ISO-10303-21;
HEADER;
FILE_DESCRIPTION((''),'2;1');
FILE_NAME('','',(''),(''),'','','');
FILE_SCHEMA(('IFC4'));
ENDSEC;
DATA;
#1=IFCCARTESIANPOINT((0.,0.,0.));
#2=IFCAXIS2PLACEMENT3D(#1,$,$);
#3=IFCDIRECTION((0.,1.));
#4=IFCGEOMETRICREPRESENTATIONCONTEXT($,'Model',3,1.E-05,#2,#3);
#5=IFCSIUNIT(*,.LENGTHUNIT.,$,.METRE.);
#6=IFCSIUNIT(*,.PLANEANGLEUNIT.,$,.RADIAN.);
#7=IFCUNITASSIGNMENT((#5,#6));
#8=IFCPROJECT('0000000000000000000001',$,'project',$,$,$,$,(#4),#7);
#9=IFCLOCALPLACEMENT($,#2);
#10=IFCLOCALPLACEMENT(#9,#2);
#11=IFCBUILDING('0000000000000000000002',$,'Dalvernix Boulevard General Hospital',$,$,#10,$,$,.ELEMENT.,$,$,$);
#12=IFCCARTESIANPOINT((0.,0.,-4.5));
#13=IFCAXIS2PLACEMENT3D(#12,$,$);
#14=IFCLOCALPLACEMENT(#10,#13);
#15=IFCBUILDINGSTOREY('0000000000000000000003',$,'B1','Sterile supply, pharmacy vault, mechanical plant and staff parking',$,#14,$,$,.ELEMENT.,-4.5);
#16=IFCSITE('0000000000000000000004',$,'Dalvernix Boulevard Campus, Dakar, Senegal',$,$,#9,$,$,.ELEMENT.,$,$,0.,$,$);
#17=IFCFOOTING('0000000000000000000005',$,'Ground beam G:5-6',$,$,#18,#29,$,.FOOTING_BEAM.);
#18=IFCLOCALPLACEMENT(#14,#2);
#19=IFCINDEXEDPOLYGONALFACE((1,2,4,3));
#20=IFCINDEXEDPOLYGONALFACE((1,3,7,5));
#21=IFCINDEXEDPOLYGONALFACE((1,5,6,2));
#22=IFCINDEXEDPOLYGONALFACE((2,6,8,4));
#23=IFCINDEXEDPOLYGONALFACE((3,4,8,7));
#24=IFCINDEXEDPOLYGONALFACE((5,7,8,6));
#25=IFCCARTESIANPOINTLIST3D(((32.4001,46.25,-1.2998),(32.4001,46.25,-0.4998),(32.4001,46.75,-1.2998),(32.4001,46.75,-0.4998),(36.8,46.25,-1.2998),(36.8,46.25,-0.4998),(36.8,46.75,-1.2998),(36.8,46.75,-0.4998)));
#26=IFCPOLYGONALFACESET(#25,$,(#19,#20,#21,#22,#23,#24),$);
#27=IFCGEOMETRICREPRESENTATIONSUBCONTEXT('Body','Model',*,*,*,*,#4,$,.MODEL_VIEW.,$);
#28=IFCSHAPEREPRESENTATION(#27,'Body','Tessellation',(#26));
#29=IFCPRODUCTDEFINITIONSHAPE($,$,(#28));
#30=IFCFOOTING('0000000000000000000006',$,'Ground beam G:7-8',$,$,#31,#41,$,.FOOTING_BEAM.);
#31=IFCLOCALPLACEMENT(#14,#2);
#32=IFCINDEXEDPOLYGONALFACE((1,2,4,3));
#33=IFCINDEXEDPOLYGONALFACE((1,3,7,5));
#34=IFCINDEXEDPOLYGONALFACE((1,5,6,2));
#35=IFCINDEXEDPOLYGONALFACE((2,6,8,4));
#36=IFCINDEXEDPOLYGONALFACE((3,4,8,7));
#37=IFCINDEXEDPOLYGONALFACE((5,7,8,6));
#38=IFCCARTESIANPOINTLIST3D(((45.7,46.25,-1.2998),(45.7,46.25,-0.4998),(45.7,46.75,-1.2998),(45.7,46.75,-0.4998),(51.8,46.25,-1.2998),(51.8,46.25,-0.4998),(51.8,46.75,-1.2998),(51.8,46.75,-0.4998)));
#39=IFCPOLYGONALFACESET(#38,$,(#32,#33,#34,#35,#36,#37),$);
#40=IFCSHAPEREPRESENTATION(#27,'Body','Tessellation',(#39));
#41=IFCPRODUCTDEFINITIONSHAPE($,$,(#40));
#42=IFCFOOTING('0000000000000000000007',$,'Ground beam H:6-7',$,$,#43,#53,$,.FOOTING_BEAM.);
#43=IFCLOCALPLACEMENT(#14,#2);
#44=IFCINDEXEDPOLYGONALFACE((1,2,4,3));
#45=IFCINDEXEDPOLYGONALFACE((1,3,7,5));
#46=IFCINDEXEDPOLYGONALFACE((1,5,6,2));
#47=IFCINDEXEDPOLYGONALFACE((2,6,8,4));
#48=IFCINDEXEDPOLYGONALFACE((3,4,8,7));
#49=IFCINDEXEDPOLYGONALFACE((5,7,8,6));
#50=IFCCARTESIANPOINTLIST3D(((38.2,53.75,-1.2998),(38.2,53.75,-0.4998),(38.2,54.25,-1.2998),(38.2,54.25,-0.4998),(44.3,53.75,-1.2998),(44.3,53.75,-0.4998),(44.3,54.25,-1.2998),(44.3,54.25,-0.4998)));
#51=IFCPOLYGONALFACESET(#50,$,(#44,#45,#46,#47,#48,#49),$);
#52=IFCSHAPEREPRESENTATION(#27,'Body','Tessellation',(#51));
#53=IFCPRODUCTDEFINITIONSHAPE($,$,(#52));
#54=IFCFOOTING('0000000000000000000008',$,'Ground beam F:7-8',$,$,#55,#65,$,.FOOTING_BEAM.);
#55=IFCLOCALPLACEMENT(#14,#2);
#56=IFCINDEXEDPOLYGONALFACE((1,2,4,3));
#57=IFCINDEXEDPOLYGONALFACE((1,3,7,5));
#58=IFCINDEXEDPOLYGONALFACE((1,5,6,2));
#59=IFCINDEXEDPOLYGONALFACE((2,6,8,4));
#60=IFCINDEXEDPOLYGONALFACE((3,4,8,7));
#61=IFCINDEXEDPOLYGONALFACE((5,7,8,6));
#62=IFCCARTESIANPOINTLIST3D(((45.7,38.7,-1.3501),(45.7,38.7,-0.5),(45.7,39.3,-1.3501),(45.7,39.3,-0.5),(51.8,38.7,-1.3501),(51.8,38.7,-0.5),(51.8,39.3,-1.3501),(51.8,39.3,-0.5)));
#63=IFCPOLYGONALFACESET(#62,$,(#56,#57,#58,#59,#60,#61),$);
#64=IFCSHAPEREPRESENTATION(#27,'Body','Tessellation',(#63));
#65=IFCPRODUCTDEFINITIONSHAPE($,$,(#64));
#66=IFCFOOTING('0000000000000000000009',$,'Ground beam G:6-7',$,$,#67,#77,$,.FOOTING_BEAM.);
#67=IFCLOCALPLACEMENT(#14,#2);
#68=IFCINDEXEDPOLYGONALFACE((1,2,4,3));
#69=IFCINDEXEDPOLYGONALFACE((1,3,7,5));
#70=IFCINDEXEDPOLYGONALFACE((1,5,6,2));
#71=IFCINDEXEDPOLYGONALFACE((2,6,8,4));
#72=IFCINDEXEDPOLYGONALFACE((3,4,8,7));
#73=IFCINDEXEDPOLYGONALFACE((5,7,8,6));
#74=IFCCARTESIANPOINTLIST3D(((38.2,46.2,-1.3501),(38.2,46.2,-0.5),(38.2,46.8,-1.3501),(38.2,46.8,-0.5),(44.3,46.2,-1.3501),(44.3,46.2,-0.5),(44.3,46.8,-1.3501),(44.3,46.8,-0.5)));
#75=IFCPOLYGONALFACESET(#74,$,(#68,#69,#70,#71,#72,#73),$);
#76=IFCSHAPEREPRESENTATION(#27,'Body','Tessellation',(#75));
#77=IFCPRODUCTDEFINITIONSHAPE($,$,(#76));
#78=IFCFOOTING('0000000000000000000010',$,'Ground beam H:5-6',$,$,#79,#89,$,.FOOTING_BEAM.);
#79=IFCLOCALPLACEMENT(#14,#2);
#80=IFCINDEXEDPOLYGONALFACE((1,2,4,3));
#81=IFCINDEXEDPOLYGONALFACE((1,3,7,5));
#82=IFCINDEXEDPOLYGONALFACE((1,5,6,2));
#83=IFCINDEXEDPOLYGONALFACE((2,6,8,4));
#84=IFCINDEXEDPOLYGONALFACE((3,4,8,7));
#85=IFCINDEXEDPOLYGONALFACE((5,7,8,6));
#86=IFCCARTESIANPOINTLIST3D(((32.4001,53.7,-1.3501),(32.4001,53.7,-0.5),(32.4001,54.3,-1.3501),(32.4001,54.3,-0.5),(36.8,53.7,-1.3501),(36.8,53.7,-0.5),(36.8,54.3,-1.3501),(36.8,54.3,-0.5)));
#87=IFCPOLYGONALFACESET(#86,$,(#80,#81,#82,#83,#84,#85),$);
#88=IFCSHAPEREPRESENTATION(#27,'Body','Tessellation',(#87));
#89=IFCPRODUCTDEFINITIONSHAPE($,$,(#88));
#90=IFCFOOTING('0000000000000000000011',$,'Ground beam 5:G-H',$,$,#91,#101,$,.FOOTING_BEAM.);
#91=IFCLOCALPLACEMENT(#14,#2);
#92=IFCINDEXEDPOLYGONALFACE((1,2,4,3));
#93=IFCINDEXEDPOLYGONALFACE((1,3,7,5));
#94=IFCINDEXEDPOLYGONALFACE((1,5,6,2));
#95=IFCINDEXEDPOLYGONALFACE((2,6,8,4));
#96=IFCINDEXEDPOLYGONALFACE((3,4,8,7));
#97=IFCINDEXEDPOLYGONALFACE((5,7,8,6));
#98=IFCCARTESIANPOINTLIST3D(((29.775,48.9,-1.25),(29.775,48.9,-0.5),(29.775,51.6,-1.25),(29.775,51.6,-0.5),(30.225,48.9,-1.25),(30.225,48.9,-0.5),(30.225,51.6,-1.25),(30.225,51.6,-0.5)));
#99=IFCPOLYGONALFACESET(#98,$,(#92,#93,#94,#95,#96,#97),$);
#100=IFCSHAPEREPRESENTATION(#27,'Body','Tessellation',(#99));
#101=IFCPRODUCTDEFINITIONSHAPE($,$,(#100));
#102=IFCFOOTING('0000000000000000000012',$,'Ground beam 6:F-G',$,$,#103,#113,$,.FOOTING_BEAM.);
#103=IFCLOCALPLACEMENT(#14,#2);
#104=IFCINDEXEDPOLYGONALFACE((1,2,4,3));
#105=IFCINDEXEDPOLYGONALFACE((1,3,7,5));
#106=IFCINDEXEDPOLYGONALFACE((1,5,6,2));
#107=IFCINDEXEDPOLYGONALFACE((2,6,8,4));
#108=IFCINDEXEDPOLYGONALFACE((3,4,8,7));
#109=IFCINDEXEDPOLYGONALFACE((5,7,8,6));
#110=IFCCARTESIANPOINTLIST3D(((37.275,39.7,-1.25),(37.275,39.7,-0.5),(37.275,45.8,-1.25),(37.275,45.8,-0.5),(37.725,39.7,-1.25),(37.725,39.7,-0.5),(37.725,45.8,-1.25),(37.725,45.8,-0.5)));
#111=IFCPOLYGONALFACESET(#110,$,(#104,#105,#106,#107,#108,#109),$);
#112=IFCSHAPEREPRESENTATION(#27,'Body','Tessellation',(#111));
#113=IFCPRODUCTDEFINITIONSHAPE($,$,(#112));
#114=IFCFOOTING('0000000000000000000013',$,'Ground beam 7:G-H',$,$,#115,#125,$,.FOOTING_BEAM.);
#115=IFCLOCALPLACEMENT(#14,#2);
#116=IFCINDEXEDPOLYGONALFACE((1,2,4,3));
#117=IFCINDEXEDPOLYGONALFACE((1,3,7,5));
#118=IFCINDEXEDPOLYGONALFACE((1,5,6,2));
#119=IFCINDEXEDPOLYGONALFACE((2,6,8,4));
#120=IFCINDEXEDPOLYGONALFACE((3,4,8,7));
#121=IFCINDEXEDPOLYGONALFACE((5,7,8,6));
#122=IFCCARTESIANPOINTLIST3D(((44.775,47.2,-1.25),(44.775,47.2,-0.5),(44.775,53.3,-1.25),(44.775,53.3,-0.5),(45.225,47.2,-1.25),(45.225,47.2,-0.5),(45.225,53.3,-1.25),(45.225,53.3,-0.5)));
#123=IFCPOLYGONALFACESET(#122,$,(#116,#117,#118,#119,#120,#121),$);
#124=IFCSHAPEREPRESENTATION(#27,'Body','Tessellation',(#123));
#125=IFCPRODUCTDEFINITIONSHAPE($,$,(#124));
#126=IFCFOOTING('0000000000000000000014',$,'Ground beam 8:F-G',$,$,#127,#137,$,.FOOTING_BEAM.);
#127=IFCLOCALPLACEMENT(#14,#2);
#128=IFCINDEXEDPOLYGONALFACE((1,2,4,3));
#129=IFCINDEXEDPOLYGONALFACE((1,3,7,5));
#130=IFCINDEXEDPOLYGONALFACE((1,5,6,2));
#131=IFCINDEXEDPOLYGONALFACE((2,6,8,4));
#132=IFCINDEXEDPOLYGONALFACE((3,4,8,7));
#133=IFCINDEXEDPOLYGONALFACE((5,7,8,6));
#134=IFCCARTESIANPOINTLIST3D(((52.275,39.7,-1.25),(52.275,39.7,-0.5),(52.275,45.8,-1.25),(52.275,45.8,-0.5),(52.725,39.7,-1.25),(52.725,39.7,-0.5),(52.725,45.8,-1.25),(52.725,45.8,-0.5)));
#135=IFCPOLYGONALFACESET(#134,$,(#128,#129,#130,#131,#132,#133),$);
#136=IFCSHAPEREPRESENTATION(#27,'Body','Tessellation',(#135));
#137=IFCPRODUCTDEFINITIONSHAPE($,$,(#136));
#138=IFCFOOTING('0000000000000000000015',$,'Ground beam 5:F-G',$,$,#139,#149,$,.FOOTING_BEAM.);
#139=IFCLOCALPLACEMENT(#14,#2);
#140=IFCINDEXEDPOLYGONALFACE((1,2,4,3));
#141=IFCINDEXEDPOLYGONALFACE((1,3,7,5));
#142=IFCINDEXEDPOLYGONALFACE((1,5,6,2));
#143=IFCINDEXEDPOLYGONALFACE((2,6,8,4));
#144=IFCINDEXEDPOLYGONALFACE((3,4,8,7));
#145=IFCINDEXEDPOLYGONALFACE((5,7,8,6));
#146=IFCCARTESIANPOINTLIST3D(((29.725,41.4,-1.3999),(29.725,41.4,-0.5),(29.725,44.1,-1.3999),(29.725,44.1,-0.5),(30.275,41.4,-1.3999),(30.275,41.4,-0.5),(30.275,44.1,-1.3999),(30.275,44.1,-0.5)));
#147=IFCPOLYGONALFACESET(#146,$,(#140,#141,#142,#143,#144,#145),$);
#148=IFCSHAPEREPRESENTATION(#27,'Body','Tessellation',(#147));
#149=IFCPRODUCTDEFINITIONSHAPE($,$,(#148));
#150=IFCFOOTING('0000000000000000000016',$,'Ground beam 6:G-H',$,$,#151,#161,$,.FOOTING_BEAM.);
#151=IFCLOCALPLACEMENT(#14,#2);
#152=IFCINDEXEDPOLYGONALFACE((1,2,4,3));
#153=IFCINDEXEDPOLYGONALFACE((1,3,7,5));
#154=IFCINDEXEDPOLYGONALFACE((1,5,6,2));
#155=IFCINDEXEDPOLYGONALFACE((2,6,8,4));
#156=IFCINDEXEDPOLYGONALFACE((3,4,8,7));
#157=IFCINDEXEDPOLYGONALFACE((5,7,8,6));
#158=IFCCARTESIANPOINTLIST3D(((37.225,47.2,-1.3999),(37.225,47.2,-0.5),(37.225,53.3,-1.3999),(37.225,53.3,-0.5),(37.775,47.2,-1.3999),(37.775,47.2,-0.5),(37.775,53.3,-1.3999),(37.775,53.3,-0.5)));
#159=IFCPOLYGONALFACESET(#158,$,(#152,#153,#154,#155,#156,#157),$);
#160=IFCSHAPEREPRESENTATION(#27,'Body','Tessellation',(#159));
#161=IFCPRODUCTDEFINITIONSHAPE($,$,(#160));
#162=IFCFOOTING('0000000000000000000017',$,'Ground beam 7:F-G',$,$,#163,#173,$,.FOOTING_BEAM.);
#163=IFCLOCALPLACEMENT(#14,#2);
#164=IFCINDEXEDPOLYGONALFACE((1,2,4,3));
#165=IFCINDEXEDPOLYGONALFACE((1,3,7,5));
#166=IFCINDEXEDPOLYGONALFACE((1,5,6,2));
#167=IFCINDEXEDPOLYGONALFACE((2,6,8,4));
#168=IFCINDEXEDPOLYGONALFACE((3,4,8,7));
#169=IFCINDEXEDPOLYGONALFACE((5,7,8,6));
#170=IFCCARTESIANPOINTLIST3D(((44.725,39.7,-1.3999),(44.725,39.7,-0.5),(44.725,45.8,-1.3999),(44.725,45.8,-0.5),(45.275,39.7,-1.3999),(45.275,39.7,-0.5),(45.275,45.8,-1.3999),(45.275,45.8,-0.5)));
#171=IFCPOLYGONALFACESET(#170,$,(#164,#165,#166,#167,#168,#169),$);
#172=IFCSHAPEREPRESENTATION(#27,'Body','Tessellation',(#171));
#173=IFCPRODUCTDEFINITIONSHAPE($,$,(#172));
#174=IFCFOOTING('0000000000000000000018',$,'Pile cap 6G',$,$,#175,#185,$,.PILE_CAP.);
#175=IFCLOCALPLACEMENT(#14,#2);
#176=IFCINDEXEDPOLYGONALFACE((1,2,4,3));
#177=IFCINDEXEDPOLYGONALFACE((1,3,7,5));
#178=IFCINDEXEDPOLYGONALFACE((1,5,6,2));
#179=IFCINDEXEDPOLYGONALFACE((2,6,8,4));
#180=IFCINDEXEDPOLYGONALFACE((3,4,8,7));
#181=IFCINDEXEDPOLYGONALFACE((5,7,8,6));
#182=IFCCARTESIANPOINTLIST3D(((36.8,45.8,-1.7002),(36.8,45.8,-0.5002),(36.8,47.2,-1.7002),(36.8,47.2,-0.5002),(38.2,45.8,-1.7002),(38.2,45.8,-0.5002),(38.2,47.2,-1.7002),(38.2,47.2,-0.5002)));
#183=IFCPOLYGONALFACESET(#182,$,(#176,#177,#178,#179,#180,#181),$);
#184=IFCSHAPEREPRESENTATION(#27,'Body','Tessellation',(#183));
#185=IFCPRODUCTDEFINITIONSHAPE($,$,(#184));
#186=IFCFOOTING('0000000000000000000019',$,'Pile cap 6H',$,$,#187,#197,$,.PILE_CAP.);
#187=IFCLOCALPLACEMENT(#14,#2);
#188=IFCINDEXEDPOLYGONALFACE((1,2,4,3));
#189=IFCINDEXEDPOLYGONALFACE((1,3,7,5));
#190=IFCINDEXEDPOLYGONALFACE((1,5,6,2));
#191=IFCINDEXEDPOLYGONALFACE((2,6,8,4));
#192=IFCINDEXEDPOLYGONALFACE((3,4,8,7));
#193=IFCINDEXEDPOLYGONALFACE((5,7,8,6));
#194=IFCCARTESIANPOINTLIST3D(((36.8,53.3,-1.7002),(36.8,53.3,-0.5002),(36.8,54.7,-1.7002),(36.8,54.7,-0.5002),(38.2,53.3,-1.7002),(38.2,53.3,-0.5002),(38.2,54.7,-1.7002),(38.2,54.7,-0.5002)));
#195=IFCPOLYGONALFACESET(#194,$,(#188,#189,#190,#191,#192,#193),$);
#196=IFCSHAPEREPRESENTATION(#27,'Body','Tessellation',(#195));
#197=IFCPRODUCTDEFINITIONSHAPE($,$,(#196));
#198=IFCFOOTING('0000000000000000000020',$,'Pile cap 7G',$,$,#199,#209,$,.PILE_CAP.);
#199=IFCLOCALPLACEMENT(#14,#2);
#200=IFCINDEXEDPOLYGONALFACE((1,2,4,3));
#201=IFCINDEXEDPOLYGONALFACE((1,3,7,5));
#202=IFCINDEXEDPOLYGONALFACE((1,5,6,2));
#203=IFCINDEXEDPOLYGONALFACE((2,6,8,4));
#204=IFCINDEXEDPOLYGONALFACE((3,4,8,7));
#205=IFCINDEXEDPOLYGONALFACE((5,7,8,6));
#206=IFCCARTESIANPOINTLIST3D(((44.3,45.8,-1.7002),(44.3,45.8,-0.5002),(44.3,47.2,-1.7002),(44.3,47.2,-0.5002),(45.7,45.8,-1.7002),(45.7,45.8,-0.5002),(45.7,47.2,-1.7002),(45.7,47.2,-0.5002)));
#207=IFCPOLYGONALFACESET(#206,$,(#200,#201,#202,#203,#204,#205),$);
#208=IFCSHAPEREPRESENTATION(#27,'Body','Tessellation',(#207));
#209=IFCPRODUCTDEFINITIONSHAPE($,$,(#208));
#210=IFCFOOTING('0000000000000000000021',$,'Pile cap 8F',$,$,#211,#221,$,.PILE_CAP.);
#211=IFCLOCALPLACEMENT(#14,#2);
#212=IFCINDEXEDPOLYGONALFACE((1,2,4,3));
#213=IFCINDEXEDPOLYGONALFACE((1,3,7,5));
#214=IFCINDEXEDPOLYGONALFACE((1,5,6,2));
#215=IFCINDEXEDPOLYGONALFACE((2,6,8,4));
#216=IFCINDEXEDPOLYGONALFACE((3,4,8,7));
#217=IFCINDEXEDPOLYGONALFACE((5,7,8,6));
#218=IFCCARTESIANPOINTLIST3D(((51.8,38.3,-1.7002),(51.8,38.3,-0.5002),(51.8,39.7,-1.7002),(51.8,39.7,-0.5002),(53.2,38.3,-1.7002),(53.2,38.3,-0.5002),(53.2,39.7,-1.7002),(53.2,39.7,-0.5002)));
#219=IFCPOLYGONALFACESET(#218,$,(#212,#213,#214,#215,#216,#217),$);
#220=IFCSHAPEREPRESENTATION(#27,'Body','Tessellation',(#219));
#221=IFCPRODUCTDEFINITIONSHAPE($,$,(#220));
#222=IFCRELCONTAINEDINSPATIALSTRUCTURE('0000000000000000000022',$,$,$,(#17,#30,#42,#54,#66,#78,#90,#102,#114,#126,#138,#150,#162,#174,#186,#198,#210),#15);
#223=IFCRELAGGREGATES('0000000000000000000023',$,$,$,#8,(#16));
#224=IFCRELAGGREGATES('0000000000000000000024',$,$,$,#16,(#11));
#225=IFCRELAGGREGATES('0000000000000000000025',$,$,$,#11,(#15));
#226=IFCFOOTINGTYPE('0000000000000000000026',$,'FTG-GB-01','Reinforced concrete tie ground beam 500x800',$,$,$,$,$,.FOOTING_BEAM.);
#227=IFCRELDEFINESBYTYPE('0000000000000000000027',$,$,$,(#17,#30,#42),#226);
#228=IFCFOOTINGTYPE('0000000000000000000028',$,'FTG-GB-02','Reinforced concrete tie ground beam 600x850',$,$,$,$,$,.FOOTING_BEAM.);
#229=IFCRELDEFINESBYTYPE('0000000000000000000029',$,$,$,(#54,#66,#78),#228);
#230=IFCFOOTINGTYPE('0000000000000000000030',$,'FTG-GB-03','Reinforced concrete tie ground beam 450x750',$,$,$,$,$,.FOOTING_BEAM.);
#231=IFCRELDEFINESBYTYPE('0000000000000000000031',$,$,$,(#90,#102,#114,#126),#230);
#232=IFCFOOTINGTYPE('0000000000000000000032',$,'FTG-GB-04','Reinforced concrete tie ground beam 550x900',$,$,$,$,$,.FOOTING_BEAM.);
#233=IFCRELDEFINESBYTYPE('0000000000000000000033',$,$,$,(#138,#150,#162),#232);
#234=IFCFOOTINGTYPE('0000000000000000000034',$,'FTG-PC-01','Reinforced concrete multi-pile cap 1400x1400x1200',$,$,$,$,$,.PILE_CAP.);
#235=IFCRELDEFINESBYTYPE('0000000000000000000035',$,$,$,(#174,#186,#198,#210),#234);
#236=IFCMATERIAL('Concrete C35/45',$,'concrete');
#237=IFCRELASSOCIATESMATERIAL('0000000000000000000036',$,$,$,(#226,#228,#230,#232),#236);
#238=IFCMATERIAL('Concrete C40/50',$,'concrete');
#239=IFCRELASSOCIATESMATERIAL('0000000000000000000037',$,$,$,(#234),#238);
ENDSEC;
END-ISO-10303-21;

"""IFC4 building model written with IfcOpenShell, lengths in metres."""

from ifc_helpers import new_model, si_unit, direction, frame, origin, origin_2d, place, context, subcontext, project, spatial, rectangle, extrude, material, type_object, element, save


model = new_model("IFC4")

# Units and contexts
model_context = context("Model", 3, precision=1e-05, world=origin(), true_north=direction((0.0, 1.0)))
body_context = subcontext(model_context, "Body", "Model", "MODEL_VIEW")
ifc_project = project(units=[si_unit("LENGTHUNIT", "METRE"), si_unit("PLANEANGLEUNIT", "RADIAN")], contexts=[model_context])

# Site, building, storey
site_placement = place(None, origin())
site = spatial("IfcSite", under=ifc_project, at=site_placement, Name="Dalvernix Boulevard Campus, Dakar, Senegal", CompositionType="ELEMENT", RefElevation=0.0)
building_placement = place(site_placement, origin())
building = spatial("IfcBuilding", under=site, at=building_placement, Name="Dalvernix Boulevard General Hospital", CompositionType="ELEMENT")
storey_placement = place(building_placement, frame((0.0, 0.0, -4.5)))
storey = spatial("IfcBuildingStorey", under=building, at=storey_placement, Name="B1", Description="Sterile supply, pharmacy vault, mechanical plant and staff parking", CompositionType="ELEMENT", Elevation=-4.5)

# Footings
ifc_material_1 = material(Name="Concrete C35/45", Category="concrete")
footing_type_1 = type_object("IfcFootingType", Name="FTG-GB-01", Description="Reinforced concrete tie ground beam 500x800", PredefinedType="FOOTING_BEAM", material=ifc_material_1)
footing_1_placement = place(storey_placement, frame((34.6001, 46.5, -1.2998), z_axis=(0.0, 0.0, 1.0), x_axis=(1.0, 0.0, 0.0)))
element("IfcFooting", 1, at=footing_1_placement, inside=storey, type_object=footing_type_1, Name="Ground beam G:5-6", PredefinedType="FOOTING_BEAM", context=body_context, shape_type="SweptSolid", body=[
    extrude(rectangle(XDim=4.3999, YDim=0.5, at=origin_2d()), origin(), (0.0, 0.0, 1.0), 0.8),
])
for number, where, z_axis, x_axis, name in (
    (2, (48.75, 46.5, -1.2998), (0.0, 0.0, 1.0), (1.0, 0.0, 0.0), "Ground beam G:7-8"),
    (3, (41.25, 54.0, -1.2998), (0.0, 0.0, 1.0), (1.0, 0.0, 0.0), "Ground beam H:6-7"),
):
    element("IfcFooting", number, at=place(storey_placement, frame(where, z_axis=z_axis, x_axis=x_axis)), inside=storey, type_object=footing_type_1, Name=name, PredefinedType="FOOTING_BEAM", context=body_context, shape_type="SweptSolid", body=[
        extrude(rectangle(XDim=6.1001, YDim=0.5, at=origin_2d()), origin(), (0.0, 0.0, 1.0), 0.8),
    ])
footing_type_2 = type_object("IfcFootingType", Name="FTG-GB-02", Description="Reinforced concrete tie ground beam 600x850", PredefinedType="FOOTING_BEAM", material=ifc_material_1)
for number, where, z_axis, x_axis, name in (
    (4, (48.75, 39.0, -1.3501), (0.0, 0.0, 1.0), (1.0, 0.0, 0.0), "Ground beam F:7-8"),
    (5, (41.25, 46.5, -1.3501), (0.0, 0.0, 1.0), (1.0, 0.0, 0.0), "Ground beam G:6-7"),
):
    element("IfcFooting", number, at=place(storey_placement, frame(where, z_axis=z_axis, x_axis=x_axis)), inside=storey, type_object=footing_type_2, Name=name, PredefinedType="FOOTING_BEAM", context=body_context, shape_type="SweptSolid", body=[
        extrude(rectangle(XDim=6.1001, YDim=0.6001, at=origin_2d()), origin(), (0.0, 0.0, 1.0), 0.8501),
    ])
footing_2_placement = place(storey_placement, frame((34.6001, 54.0, -1.3501), z_axis=(0.0, 0.0, 1.0), x_axis=(1.0, 0.0, 0.0)))
element("IfcFooting", 6, at=footing_2_placement, inside=storey, type_object=footing_type_2, Name="Ground beam H:5-6", PredefinedType="FOOTING_BEAM", context=body_context, shape_type="SweptSolid", body=[
    extrude(rectangle(XDim=4.3999, YDim=0.6001, at=origin_2d()), origin(), (0.0, 0.0, 1.0), 0.8501),
])
footing_type_3 = type_object("IfcFootingType", Name="FTG-GB-03", Description="Reinforced concrete tie ground beam 450x750", PredefinedType="FOOTING_BEAM", material=ifc_material_1)
footing_3_placement = place(storey_placement, frame((30.0, 50.25, -1.25), z_axis=(0.0, 0.0, 1.0), x_axis=(0.0, 1.0, 0.0)))
element("IfcFooting", 7, at=footing_3_placement, inside=storey, type_object=footing_type_3, Name="Ground beam 5:G-H", PredefinedType="FOOTING_BEAM", context=body_context, shape_type="SweptSolid", body=[
    extrude(rectangle(XDim=2.7, YDim=0.45, at=origin_2d()), origin(), (0.0, 0.0, 1.0), 0.75),
])
for number, where, z_axis, x_axis, name in (
    (8, (37.5, 42.75, -1.25), (0.0, 0.0, 1.0), (0.0, 1.0, 0.0), "Ground beam 6:F-G"),
    (9, (45.0, 50.25, -1.25), (0.0, 0.0, 1.0), (0.0, 1.0, 0.0), "Ground beam 7:G-H"),
    (10, (52.5, 42.75, -1.25), (0.0, 0.0, 1.0), (0.0, 1.0, 0.0), "Ground beam 8:F-G"),
):
    element("IfcFooting", number, at=place(storey_placement, frame(where, z_axis=z_axis, x_axis=x_axis)), inside=storey, type_object=footing_type_3, Name=name, PredefinedType="FOOTING_BEAM", context=body_context, shape_type="SweptSolid", body=[
        extrude(rectangle(XDim=6.1001, YDim=0.45, at=origin_2d()), origin(), (0.0, 0.0, 1.0), 0.75),
    ])
footing_type_4 = type_object("IfcFootingType", Name="FTG-GB-04", Description="Reinforced concrete tie ground beam 550x900", PredefinedType="FOOTING_BEAM", material=ifc_material_1)
footing_4_placement = place(storey_placement, frame((30.0, 42.75, -1.3999), z_axis=(0.0, 0.0, 1.0), x_axis=(0.0, 1.0, 0.0)))
element("IfcFooting", 11, at=footing_4_placement, inside=storey, type_object=footing_type_4, Name="Ground beam 5:F-G", PredefinedType="FOOTING_BEAM", context=body_context, shape_type="SweptSolid", body=[
    extrude(rectangle(XDim=2.7, YDim=0.55, at=origin_2d()), origin(), (0.0, 0.0, 1.0), 0.8999),
])
for number, where, z_axis, x_axis, name in (
    (12, (37.5, 50.25, -1.3999), (0.0, 0.0, 1.0), (0.0, 1.0, 0.0), "Ground beam 6:G-H"),
    (13, (45.0, 42.75, -1.3999), (0.0, 0.0, 1.0), (0.0, 1.0, 0.0), "Ground beam 7:F-G"),
):
    element("IfcFooting", number, at=place(storey_placement, frame(where, z_axis=z_axis, x_axis=x_axis)), inside=storey, type_object=footing_type_4, Name=name, PredefinedType="FOOTING_BEAM", context=body_context, shape_type="SweptSolid", body=[
        extrude(rectangle(XDim=6.1001, YDim=0.55, at=origin_2d()), origin(), (0.0, 0.0, 1.0), 0.8999),
    ])
ifc_material_2 = material(Name="Concrete C40/50", Category="concrete")
footing_type_5 = type_object("IfcFootingType", Name="FTG-PC-01", Description="Reinforced concrete multi-pile cap 1400x1400x1200", PredefinedType="PILE_CAP", material=ifc_material_2)
for number, where, z_axis, x_axis, name in (
    (14, (37.5, 46.5, -1.7002), (0.0, 0.0, 1.0), (1.0, 0.0, 0.0), "Pile cap 6G"),
    (15, (37.5, 54.0, -1.7002), (0.0, 0.0, 1.0), (1.0, 0.0, 0.0), "Pile cap 6H"),
    (16, (45.0, 46.5, -1.7002), (0.0, 0.0, 1.0), (1.0, 0.0, 0.0), "Pile cap 7G"),
    (17, (52.5, 39.0, -1.7002), (0.0, 0.0, 1.0), (1.0, 0.0, 0.0), "Pile cap 8F"),
):
    element("IfcFooting", number, at=place(storey_placement, frame(where, z_axis=z_axis, x_axis=x_axis)), inside=storey, type_object=footing_type_5, Name=name, PredefinedType="PILE_CAP", context=body_context, shape_type="SweptSolid", body=[
        extrude(rectangle(XDim=1.3999, YDim=1.3999, at=origin_2d()), origin(), (0.0, 0.0, 1.0), 1.2),
    ])

save(model, "model.ifc")
